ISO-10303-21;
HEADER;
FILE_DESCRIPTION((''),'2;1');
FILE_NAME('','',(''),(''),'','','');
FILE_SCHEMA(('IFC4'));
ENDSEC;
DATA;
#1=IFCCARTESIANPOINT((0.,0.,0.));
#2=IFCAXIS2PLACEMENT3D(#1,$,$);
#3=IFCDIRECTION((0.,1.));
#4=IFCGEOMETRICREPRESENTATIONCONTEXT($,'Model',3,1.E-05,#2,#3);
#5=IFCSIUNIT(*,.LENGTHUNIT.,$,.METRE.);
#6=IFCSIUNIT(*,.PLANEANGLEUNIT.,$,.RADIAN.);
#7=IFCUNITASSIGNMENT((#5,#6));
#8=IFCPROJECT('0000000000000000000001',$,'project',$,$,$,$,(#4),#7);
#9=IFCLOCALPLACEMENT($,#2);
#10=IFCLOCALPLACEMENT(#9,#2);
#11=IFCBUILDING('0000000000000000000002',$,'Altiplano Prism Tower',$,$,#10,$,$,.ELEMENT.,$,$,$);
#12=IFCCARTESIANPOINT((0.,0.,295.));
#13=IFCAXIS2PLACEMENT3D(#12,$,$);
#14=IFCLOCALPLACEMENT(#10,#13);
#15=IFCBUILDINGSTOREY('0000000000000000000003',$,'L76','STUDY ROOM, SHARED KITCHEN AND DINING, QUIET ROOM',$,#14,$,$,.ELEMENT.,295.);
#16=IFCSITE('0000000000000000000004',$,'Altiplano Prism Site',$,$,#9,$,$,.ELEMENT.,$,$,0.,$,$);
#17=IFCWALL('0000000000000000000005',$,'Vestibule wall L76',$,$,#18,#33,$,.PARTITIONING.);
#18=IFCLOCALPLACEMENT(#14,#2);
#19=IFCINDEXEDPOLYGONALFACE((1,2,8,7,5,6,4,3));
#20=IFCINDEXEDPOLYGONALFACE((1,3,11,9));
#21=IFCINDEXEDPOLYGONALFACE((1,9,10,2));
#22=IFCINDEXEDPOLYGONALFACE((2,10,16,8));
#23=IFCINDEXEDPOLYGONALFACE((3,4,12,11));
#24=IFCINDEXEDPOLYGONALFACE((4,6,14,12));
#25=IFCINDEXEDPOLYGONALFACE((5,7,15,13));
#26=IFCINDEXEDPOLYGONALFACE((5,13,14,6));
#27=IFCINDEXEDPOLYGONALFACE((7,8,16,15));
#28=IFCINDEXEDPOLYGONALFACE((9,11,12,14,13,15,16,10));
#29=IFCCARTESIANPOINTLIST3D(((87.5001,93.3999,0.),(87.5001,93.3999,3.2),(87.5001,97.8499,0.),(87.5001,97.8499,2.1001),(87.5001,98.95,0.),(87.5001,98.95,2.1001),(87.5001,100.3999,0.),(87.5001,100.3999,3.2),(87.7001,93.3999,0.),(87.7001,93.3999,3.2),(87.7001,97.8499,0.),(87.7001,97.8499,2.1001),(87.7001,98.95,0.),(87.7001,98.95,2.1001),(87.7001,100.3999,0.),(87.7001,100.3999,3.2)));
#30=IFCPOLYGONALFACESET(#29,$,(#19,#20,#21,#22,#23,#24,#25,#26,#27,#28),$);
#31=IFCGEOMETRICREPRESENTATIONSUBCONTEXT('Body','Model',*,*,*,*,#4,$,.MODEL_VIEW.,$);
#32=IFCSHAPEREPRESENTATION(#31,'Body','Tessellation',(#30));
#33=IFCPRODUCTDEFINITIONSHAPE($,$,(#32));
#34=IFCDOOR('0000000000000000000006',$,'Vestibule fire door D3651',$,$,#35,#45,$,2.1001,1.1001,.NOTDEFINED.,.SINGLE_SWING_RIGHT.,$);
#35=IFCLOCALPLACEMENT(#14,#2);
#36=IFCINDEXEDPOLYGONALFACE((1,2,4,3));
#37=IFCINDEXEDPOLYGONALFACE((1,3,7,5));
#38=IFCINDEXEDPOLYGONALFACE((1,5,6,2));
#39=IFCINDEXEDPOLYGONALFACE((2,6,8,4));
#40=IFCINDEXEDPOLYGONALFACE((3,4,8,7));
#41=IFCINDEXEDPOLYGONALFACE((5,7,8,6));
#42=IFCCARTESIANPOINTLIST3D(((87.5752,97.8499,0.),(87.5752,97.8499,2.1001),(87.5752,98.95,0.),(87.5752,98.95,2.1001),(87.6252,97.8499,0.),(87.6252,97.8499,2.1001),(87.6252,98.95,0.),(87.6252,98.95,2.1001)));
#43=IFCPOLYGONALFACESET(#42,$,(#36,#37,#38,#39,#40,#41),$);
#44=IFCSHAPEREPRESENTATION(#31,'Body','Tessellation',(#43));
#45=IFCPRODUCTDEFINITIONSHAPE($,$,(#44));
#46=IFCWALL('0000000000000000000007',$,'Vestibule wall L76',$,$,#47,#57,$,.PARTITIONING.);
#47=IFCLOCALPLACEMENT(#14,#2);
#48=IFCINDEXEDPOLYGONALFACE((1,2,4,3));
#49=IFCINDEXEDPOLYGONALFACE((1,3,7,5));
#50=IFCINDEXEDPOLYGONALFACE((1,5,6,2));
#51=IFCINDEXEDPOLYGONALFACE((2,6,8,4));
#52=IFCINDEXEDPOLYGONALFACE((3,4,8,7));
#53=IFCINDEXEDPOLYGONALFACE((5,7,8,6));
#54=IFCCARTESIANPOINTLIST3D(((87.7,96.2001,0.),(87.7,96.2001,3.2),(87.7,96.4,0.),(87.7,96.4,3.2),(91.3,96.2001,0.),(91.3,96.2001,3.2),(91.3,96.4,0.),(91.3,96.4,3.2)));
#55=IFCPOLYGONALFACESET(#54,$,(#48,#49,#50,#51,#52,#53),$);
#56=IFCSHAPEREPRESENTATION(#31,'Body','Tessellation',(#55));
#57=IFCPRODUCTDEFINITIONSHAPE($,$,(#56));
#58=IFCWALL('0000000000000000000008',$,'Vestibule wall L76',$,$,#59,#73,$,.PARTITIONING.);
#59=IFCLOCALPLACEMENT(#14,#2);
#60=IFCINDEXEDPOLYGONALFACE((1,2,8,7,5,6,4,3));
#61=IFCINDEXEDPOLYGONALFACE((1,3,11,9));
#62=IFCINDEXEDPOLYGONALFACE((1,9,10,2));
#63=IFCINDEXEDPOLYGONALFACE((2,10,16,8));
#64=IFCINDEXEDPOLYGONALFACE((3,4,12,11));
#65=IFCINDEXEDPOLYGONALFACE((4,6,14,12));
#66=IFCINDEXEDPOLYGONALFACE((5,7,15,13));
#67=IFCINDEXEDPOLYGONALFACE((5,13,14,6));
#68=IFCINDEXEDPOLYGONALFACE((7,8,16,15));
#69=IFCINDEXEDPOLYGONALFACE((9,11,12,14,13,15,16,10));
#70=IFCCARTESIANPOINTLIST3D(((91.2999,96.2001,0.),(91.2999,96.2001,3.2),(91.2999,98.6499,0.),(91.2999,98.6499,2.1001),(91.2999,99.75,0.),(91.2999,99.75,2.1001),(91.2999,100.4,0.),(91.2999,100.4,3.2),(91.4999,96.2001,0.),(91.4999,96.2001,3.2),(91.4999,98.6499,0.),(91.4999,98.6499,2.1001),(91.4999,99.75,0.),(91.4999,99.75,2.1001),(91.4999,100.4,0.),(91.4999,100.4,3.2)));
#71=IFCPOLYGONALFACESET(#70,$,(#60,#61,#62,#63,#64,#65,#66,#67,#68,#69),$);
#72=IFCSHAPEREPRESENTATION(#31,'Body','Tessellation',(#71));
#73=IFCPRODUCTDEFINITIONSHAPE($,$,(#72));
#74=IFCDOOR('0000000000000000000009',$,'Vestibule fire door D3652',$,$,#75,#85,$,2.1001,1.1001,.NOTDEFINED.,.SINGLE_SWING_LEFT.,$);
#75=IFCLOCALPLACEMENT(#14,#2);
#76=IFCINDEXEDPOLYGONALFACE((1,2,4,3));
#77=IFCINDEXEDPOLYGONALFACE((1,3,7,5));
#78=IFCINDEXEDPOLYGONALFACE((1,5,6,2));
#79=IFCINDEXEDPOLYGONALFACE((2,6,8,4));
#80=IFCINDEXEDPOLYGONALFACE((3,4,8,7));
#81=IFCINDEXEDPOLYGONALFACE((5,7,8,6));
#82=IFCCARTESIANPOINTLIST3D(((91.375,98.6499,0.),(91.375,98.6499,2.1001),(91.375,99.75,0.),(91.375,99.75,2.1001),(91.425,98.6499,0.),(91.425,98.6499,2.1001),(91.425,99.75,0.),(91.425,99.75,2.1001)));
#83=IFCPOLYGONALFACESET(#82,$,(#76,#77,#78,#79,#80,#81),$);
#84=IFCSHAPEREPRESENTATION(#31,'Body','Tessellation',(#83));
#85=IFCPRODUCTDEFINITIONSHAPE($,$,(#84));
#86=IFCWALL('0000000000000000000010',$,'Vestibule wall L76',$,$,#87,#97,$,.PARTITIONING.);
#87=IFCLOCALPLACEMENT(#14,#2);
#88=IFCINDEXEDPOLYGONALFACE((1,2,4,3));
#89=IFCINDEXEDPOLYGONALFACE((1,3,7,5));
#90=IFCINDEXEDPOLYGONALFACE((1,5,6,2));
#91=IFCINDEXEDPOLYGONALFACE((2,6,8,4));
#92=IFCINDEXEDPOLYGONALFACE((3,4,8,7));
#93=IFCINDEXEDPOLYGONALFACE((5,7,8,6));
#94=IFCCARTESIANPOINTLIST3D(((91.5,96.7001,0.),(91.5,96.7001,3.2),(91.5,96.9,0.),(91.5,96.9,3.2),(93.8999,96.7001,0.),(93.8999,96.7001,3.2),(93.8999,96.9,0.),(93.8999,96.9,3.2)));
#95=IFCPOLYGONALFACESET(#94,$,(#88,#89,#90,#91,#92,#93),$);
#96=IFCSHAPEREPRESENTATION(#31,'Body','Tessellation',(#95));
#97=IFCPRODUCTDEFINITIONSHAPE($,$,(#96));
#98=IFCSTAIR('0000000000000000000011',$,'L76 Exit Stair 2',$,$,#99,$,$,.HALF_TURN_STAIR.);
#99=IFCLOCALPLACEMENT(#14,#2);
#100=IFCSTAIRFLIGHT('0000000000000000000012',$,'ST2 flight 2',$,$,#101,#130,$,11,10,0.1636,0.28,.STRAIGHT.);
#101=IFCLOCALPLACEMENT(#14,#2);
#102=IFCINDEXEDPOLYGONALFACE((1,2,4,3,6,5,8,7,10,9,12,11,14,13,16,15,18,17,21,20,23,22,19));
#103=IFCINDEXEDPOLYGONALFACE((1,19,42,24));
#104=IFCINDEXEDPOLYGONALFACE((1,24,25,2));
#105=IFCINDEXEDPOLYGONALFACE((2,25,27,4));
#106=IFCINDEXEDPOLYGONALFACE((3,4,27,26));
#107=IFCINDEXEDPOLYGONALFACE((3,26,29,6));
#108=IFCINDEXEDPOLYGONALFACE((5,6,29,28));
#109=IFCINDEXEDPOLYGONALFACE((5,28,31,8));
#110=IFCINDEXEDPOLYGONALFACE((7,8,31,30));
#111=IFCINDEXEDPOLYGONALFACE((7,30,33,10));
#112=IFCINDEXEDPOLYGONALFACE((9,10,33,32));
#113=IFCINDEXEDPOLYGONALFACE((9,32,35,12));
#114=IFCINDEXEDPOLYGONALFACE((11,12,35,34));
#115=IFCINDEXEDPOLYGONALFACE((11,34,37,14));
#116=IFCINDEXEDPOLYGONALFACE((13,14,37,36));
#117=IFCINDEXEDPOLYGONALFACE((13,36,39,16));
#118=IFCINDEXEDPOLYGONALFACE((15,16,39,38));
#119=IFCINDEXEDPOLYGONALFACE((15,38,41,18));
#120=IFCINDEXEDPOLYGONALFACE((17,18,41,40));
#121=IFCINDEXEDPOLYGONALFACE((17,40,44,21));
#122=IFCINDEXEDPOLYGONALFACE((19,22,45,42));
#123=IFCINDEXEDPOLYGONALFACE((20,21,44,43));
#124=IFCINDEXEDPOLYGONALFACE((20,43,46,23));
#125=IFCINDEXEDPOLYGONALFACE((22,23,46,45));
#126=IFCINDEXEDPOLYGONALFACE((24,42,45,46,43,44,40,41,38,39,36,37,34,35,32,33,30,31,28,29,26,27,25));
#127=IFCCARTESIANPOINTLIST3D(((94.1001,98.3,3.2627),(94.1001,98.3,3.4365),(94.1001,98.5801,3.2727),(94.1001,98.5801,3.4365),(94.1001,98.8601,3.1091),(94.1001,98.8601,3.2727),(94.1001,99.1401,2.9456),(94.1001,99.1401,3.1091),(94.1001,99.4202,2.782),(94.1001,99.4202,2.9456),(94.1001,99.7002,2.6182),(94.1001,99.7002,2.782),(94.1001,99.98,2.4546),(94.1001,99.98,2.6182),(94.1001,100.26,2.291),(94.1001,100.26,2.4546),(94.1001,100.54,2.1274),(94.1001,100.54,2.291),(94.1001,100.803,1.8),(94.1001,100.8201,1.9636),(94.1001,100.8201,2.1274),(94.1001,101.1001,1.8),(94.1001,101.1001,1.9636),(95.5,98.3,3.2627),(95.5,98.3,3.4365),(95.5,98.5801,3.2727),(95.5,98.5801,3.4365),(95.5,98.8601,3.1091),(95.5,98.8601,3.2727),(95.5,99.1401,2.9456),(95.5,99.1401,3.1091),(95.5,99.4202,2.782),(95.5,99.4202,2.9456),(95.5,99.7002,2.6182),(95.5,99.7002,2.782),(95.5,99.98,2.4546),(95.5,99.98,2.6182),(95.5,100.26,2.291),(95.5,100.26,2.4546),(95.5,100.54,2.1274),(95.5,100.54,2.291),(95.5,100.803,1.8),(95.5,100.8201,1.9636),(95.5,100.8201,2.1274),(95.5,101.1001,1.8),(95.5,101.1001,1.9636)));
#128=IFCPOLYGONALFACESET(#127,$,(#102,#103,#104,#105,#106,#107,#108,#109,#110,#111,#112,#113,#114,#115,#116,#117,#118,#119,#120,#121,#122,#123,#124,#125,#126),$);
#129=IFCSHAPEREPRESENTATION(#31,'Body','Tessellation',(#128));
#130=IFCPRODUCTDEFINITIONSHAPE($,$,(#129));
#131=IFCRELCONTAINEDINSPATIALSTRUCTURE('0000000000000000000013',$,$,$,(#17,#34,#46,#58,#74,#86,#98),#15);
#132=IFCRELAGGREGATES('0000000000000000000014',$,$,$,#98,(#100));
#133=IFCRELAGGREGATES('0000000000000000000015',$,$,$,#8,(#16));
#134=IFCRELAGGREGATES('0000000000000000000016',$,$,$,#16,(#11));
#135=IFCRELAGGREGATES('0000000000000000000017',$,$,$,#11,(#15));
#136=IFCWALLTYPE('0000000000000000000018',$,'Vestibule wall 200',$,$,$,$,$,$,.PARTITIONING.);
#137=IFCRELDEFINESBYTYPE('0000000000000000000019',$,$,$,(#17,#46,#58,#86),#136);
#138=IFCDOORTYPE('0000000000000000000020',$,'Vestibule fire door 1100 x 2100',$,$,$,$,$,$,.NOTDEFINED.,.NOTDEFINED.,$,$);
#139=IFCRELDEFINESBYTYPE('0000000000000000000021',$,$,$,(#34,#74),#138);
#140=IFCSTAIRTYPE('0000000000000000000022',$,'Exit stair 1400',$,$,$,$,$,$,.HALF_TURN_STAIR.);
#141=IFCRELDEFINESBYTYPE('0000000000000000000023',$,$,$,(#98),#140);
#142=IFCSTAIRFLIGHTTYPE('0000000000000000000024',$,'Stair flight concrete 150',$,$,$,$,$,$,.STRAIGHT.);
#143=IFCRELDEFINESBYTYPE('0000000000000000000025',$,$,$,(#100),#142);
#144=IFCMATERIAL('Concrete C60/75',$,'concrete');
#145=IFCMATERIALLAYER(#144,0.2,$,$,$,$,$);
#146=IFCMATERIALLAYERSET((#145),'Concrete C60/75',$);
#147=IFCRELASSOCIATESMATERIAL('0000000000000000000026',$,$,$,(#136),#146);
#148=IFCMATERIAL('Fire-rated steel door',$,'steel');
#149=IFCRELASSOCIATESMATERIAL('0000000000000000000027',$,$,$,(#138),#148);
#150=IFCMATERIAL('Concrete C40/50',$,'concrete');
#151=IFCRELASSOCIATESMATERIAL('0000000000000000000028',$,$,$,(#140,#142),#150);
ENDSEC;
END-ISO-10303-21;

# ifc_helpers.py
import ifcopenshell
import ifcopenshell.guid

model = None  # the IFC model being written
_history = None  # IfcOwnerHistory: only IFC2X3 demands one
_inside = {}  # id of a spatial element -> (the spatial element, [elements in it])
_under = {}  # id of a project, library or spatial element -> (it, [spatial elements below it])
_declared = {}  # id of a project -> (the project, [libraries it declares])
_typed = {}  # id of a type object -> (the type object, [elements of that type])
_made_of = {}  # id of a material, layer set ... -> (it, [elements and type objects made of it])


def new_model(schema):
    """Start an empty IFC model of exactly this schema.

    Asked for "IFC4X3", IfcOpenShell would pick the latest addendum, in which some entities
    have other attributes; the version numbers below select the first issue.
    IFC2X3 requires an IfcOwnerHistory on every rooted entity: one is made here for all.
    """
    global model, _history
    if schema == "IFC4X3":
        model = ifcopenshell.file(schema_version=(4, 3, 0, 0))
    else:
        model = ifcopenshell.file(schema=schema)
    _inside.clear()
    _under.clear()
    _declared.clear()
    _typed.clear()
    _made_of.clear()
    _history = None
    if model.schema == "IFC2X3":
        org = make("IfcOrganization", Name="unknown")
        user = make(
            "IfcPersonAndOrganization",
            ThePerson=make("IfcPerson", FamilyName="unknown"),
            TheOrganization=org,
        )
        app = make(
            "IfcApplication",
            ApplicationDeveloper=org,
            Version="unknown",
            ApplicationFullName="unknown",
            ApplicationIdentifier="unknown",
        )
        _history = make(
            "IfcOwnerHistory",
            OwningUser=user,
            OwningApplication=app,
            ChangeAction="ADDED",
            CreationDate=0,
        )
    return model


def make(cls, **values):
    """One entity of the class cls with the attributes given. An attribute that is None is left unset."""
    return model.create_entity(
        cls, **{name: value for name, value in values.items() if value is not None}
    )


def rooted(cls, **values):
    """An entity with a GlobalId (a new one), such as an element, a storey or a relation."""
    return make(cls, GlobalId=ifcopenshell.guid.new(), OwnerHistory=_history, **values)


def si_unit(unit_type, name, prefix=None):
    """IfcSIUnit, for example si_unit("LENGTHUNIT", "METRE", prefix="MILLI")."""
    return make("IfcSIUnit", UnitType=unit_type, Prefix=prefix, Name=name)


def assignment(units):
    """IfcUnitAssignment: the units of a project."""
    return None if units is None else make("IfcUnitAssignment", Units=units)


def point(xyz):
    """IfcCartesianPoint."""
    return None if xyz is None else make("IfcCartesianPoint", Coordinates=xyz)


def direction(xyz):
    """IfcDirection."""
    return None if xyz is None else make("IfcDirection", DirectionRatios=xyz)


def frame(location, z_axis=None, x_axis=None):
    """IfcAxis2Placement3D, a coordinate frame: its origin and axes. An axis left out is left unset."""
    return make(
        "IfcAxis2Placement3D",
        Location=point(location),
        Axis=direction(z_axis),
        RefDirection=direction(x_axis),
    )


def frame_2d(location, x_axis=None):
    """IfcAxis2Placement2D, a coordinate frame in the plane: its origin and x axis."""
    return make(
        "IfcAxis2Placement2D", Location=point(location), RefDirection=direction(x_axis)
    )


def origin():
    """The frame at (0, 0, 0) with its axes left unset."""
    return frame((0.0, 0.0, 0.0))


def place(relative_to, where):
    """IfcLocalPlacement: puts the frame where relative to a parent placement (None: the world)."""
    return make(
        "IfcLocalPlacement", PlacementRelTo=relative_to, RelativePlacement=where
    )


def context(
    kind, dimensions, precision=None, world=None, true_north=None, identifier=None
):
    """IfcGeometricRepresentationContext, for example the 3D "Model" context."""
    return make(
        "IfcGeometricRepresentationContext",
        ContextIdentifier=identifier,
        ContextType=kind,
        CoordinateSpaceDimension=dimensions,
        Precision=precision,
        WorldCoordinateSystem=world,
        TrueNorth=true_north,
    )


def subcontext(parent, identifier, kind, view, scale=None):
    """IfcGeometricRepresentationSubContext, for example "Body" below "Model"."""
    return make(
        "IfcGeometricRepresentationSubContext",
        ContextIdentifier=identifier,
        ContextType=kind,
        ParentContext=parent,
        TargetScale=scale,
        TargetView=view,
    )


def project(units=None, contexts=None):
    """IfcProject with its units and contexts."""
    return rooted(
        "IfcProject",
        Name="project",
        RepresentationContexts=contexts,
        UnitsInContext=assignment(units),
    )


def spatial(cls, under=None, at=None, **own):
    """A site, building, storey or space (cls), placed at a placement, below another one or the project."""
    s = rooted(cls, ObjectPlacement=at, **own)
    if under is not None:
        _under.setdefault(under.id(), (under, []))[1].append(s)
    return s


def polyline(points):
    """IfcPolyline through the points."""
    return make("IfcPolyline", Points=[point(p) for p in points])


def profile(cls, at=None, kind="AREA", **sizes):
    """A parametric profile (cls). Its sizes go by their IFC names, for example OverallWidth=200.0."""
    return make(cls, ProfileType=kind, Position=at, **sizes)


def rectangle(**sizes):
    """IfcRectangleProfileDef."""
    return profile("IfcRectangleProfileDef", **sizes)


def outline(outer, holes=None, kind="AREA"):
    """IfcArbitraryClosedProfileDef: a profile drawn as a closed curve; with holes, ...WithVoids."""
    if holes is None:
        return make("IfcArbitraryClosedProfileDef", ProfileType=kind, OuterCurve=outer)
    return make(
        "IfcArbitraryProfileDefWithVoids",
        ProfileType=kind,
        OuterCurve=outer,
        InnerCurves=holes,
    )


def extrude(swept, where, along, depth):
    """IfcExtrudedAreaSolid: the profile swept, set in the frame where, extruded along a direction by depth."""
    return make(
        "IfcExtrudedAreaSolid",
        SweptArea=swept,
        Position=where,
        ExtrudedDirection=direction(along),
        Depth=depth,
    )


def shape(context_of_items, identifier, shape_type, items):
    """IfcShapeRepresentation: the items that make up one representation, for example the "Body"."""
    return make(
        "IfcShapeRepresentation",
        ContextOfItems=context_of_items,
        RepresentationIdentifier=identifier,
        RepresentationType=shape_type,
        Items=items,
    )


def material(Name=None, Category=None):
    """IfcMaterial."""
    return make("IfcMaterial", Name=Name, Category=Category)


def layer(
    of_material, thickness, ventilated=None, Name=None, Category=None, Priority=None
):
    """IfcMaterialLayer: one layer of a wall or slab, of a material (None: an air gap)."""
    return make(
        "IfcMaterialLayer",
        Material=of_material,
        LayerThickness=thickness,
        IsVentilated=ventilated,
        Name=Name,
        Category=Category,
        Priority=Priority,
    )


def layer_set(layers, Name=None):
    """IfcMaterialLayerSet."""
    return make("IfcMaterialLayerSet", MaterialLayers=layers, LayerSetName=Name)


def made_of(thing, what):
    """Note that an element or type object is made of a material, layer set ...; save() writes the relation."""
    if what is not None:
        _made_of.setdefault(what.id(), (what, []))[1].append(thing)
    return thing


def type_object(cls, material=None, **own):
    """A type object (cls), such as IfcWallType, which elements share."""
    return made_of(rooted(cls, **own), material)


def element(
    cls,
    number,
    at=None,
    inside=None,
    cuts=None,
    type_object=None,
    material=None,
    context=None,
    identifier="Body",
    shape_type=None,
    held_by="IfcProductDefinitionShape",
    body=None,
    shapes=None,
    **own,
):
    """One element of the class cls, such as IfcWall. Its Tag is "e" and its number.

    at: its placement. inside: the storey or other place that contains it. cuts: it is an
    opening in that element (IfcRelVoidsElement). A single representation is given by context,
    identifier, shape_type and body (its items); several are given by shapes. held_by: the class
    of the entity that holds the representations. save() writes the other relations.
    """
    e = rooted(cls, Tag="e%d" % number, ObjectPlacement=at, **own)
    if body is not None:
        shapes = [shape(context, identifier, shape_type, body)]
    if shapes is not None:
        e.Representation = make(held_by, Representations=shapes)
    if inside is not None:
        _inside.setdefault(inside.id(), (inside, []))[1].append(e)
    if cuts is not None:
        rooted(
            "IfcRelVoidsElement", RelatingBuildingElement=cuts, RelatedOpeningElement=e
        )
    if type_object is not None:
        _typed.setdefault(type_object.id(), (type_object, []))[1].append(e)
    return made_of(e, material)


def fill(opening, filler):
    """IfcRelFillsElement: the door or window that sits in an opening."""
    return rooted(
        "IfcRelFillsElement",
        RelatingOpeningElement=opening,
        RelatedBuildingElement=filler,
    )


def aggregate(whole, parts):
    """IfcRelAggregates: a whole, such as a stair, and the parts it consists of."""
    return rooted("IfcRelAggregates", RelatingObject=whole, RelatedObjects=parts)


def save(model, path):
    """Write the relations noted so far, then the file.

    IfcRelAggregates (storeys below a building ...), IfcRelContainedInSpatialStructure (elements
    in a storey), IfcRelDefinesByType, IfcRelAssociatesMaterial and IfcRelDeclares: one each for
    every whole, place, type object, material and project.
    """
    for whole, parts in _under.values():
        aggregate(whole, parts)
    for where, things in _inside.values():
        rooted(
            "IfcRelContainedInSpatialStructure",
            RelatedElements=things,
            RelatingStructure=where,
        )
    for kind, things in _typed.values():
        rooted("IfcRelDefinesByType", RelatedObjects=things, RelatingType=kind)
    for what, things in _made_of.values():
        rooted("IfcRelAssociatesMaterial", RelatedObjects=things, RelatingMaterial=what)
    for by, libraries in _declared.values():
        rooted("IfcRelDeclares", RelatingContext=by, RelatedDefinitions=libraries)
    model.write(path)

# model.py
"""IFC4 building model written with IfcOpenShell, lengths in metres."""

from ifc_helpers import new_model, si_unit, direction, frame, frame_2d, origin, place, context, subcontext, project, spatial, polyline, rectangle, outline, extrude, material, layer, layer_set, type_object, element, fill, aggregate, save


model = new_model("IFC4")

# Units and contexts
model_context = context("Model", 3, precision=1e-05, world=origin(), true_north=direction((0.0, 1.0)))
body_context = subcontext(model_context, "Body", "Model", "MODEL_VIEW")
ifc_project = project(units=[si_unit("LENGTHUNIT", "METRE"), si_unit("PLANEANGLEUNIT", "RADIAN")], contexts=[model_context])

# Site, building, storey
site_placement = place(None, origin())
site = spatial("IfcSite", under=ifc_project, at=site_placement, Name="Altiplano Prism Site", CompositionType="ELEMENT", RefElevation=0.0)
building_placement = place(site_placement, origin())
building = spatial("IfcBuilding", under=site, at=building_placement, Name="Altiplano Prism Tower", CompositionType="ELEMENT")
storey_placement = place(building_placement, frame((0.0, 0.0, 295.0)))
storey = spatial("IfcBuildingStorey", under=building, at=storey_placement, Name="L76", Description="STUDY ROOM, SHARED KITCHEN AND DINING, QUIET ROOM", CompositionType="ELEMENT", Elevation=295.0)

# Shared definitions
ifc_material_1 = material(Name="Concrete C60/75", Category="concrete")

# Shared definitions
ifc_material_2 = material(Name="Fire-rated steel door", Category="steel")

# Shared definitions
ifc_layer_1 = layer(ifc_material_1, 0.2)
ifc_layer_set_1 = layer_set([ifc_layer_1], Name="Concrete C60/75")
wall_type_1 = type_object("IfcWallType", Name="Vestibule wall 200", PredefinedType="PARTITIONING", material=ifc_layer_set_1)

# Wall, opening, door
wall_1_placement = place(storey_placement, frame((87.6001, 93.3999, 0.0), z_axis=(0.0, 0.0, 1.0), x_axis=(0.0, 1.0, 0.0)))
wall_1 = element("IfcWall", 1, at=wall_1_placement, inside=storey, type_object=wall_type_1, Name="Vestibule wall L76", PredefinedType="PARTITIONING", context=body_context, shape_type="SweptSolid", body=[
    extrude(rectangle(XDim=7.0, YDim=0.2, at=frame_2d((3.5, 0.0))), origin(), (0.0, 0.0, 1.0), 3.2),
])
opening_1_placement = place(wall_1_placement, frame((4.45, 0.0, 0.0)))
opening_1 = element("IfcOpeningElement", 2, at=opening_1_placement, cuts=wall_1, PredefinedType="OPENING", context=body_context, shape_type="SweptSolid", body=[
    extrude(rectangle(XDim=1.1001, YDim=2.1001, at=frame_2d((0.55, 1.05))), frame((0.0, 0.1104, 0.0), z_axis=(0.0, -1.0, 0.0), x_axis=(1.0, 0.0, 0.0)), (0.0, 0.0, 1.0), 0.2209),
])
door_type_1 = type_object("IfcDoorType", Name="Vestibule fire door 1100 x 2100", OperationType="NOTDEFINED", PredefinedType="NOTDEFINED", material=ifc_material_2)
door_1_placement = place(opening_1_placement, origin())
door_1 = element("IfcDoor", 3, at=door_1_placement, inside=storey, type_object=door_type_1, Name="Vestibule fire door D3651", OperationType="SINGLE_SWING_RIGHT", OverallHeight=2.1001, OverallWidth=1.1001, PredefinedType="NOTDEFINED", context=body_context, shape_type="SweptSolid", body=[
    extrude(rectangle(XDim=1.1001, YDim=2.1001, at=frame_2d((0.55, 1.05))), frame((0.0, 0.0249, 0.0), z_axis=(0.0, -1.0, 0.0), x_axis=(1.0, 0.0, 0.0)), (0.0, 0.0, 1.0), 0.05),
])
fill(opening_1, door_1)

# Wall
wall_2_placement = place(storey_placement, frame((87.7, 96.3, 0.0), z_axis=(0.0, 0.0, 1.0), x_axis=(1.0, 0.0, 0.0)))
element("IfcWall", 4, at=wall_2_placement, inside=storey, type_object=wall_type_1, Name="Vestibule wall L76", PredefinedType="PARTITIONING", context=body_context, shape_type="SweptSolid", body=[
    extrude(rectangle(XDim=3.6001, YDim=0.2, at=frame_2d((1.8, 0.0))), origin(), (0.0, 0.0, 1.0), 3.2),
])

# Wall, opening, door
wall_3_placement = place(storey_placement, frame((91.3999, 96.2, 0.0), z_axis=(0.0, 0.0, 1.0), x_axis=(0.0, 1.0, 0.0)))
wall_3 = element("IfcWall", 5, at=wall_3_placement, inside=storey, type_object=wall_type_1, Name="Vestibule wall L76", PredefinedType="PARTITIONING", context=body_context, shape_type="SweptSolid", body=[
    extrude(rectangle(XDim=4.2, YDim=0.2, at=frame_2d((2.1001, 0.0))), origin(), (0.0, 0.0, 1.0), 3.2),
])
opening_2_placement = place(wall_3_placement, frame((2.45, 0.0, 0.0)))
opening_2 = element("IfcOpeningElement", 6, at=opening_2_placement, cuts=wall_3, PredefinedType="OPENING", context=body_context, shape_type="SweptSolid", body=[
    extrude(rectangle(XDim=1.1001, YDim=2.1001, at=frame_2d((0.55, 1.05))), frame((0.0, 0.1104, 0.0), z_axis=(0.0, -1.0, 0.0), x_axis=(1.0, 0.0, 0.0)), (0.0, 0.0, 1.0), 0.2209),
])
door_2_placement = place(opening_2_placement, origin())
door_2 = element("IfcDoor", 7, at=door_2_placement, inside=storey, type_object=door_type_1, Name="Vestibule fire door D3652", OperationType="SINGLE_SWING_LEFT", OverallHeight=2.1001, OverallWidth=1.1001, PredefinedType="NOTDEFINED", context=body_context, shape_type="SweptSolid", body=[
    extrude(rectangle(XDim=1.1001, YDim=2.1001, at=frame_2d((0.55, 1.05))), frame((0.0, 0.0249, 0.0), z_axis=(0.0, -1.0, 0.0), x_axis=(1.0, 0.0, 0.0)), (0.0, 0.0, 1.0), 0.05),
])
fill(opening_2, door_2)

# Wall
wall_4_placement = place(storey_placement, frame((91.5, 96.8, 0.0), z_axis=(0.0, 0.0, 1.0), x_axis=(1.0, 0.0, 0.0)))
element("IfcWall", 8, at=wall_4_placement, inside=storey, type_object=wall_type_1, Name="Vestibule wall L76", PredefinedType="PARTITIONING", context=body_context, shape_type="SweptSolid", body=[
    extrude(rectangle(XDim=2.3999, YDim=0.2, at=frame_2d((1.2, 0.0))), origin(), (0.0, 0.0, 1.0), 3.2),
])

# Stair, stair flight
ifc_material_3 = material(Name="Concrete C40/50", Category="concrete")
stair_type = type_object("IfcStairType", Name="Exit stair 1400", PredefinedType="HALF_TURN_STAIR", material=ifc_material_3)
stair_placement = place(storey_placement, origin())
stair = element("IfcStair", 9, at=stair_placement, inside=storey, type_object=stair_type, Name="L76 Exit Stair 2", PredefinedType="HALF_TURN_STAIR")
stair_flight_type = type_object("IfcStairFlightType", Name="Stair flight concrete 150", PredefinedType="STRAIGHT", material=ifc_material_3)
stair_flight_placement = place(storey_placement, frame((94.8, 101.1001, 1.8), z_axis=(0.0, 0.0, 1.0), x_axis=(0.0, -1.0, 0.0)))
stair_flight = element("IfcStairFlight", 10, at=stair_flight_placement, type_object=stair_flight_type, Name="ST2 flight 2", NumberOfRisers=11, NumberOfTreads=10, PredefinedType="STRAIGHT", RiserHeight=0.1636, TreadLength=0.28, context=body_context, shape_type="SweptSolid", body=[
    extrude(outline(polyline([(0.0, 0.0), (0.0, 0.1636), (0.28, 0.1636), (0.28, 0.3274), (0.5601, 0.3274), (0.5601, 0.491), (0.8401, 0.491), (0.8401, 0.6545), (1.1201, 0.6545), (1.1201, 0.8181), (1.3999, 0.8181), (1.3999, 0.9819), (1.6799, 0.9819), (1.6799, 1.1455), (1.96, 1.1455), (1.96, 1.3091), (2.24, 1.3091), (2.24, 1.4727), (2.52, 1.4727), (2.52, 1.6365), (2.8, 1.6365), (2.8, 1.8), (2.8, 1.4626), (0.2971, 0.0), (0.0, 0.0)])), frame((0.0, 0.7, 0.0), z_axis=(0.0, -1.0, 0.0), x_axis=(1.0, 0.0, 0.0)), (0.0, 0.0, 1.0), 1.3999),
])
aggregate(stair, [stair_flight])

save(model, "model.ifc")
